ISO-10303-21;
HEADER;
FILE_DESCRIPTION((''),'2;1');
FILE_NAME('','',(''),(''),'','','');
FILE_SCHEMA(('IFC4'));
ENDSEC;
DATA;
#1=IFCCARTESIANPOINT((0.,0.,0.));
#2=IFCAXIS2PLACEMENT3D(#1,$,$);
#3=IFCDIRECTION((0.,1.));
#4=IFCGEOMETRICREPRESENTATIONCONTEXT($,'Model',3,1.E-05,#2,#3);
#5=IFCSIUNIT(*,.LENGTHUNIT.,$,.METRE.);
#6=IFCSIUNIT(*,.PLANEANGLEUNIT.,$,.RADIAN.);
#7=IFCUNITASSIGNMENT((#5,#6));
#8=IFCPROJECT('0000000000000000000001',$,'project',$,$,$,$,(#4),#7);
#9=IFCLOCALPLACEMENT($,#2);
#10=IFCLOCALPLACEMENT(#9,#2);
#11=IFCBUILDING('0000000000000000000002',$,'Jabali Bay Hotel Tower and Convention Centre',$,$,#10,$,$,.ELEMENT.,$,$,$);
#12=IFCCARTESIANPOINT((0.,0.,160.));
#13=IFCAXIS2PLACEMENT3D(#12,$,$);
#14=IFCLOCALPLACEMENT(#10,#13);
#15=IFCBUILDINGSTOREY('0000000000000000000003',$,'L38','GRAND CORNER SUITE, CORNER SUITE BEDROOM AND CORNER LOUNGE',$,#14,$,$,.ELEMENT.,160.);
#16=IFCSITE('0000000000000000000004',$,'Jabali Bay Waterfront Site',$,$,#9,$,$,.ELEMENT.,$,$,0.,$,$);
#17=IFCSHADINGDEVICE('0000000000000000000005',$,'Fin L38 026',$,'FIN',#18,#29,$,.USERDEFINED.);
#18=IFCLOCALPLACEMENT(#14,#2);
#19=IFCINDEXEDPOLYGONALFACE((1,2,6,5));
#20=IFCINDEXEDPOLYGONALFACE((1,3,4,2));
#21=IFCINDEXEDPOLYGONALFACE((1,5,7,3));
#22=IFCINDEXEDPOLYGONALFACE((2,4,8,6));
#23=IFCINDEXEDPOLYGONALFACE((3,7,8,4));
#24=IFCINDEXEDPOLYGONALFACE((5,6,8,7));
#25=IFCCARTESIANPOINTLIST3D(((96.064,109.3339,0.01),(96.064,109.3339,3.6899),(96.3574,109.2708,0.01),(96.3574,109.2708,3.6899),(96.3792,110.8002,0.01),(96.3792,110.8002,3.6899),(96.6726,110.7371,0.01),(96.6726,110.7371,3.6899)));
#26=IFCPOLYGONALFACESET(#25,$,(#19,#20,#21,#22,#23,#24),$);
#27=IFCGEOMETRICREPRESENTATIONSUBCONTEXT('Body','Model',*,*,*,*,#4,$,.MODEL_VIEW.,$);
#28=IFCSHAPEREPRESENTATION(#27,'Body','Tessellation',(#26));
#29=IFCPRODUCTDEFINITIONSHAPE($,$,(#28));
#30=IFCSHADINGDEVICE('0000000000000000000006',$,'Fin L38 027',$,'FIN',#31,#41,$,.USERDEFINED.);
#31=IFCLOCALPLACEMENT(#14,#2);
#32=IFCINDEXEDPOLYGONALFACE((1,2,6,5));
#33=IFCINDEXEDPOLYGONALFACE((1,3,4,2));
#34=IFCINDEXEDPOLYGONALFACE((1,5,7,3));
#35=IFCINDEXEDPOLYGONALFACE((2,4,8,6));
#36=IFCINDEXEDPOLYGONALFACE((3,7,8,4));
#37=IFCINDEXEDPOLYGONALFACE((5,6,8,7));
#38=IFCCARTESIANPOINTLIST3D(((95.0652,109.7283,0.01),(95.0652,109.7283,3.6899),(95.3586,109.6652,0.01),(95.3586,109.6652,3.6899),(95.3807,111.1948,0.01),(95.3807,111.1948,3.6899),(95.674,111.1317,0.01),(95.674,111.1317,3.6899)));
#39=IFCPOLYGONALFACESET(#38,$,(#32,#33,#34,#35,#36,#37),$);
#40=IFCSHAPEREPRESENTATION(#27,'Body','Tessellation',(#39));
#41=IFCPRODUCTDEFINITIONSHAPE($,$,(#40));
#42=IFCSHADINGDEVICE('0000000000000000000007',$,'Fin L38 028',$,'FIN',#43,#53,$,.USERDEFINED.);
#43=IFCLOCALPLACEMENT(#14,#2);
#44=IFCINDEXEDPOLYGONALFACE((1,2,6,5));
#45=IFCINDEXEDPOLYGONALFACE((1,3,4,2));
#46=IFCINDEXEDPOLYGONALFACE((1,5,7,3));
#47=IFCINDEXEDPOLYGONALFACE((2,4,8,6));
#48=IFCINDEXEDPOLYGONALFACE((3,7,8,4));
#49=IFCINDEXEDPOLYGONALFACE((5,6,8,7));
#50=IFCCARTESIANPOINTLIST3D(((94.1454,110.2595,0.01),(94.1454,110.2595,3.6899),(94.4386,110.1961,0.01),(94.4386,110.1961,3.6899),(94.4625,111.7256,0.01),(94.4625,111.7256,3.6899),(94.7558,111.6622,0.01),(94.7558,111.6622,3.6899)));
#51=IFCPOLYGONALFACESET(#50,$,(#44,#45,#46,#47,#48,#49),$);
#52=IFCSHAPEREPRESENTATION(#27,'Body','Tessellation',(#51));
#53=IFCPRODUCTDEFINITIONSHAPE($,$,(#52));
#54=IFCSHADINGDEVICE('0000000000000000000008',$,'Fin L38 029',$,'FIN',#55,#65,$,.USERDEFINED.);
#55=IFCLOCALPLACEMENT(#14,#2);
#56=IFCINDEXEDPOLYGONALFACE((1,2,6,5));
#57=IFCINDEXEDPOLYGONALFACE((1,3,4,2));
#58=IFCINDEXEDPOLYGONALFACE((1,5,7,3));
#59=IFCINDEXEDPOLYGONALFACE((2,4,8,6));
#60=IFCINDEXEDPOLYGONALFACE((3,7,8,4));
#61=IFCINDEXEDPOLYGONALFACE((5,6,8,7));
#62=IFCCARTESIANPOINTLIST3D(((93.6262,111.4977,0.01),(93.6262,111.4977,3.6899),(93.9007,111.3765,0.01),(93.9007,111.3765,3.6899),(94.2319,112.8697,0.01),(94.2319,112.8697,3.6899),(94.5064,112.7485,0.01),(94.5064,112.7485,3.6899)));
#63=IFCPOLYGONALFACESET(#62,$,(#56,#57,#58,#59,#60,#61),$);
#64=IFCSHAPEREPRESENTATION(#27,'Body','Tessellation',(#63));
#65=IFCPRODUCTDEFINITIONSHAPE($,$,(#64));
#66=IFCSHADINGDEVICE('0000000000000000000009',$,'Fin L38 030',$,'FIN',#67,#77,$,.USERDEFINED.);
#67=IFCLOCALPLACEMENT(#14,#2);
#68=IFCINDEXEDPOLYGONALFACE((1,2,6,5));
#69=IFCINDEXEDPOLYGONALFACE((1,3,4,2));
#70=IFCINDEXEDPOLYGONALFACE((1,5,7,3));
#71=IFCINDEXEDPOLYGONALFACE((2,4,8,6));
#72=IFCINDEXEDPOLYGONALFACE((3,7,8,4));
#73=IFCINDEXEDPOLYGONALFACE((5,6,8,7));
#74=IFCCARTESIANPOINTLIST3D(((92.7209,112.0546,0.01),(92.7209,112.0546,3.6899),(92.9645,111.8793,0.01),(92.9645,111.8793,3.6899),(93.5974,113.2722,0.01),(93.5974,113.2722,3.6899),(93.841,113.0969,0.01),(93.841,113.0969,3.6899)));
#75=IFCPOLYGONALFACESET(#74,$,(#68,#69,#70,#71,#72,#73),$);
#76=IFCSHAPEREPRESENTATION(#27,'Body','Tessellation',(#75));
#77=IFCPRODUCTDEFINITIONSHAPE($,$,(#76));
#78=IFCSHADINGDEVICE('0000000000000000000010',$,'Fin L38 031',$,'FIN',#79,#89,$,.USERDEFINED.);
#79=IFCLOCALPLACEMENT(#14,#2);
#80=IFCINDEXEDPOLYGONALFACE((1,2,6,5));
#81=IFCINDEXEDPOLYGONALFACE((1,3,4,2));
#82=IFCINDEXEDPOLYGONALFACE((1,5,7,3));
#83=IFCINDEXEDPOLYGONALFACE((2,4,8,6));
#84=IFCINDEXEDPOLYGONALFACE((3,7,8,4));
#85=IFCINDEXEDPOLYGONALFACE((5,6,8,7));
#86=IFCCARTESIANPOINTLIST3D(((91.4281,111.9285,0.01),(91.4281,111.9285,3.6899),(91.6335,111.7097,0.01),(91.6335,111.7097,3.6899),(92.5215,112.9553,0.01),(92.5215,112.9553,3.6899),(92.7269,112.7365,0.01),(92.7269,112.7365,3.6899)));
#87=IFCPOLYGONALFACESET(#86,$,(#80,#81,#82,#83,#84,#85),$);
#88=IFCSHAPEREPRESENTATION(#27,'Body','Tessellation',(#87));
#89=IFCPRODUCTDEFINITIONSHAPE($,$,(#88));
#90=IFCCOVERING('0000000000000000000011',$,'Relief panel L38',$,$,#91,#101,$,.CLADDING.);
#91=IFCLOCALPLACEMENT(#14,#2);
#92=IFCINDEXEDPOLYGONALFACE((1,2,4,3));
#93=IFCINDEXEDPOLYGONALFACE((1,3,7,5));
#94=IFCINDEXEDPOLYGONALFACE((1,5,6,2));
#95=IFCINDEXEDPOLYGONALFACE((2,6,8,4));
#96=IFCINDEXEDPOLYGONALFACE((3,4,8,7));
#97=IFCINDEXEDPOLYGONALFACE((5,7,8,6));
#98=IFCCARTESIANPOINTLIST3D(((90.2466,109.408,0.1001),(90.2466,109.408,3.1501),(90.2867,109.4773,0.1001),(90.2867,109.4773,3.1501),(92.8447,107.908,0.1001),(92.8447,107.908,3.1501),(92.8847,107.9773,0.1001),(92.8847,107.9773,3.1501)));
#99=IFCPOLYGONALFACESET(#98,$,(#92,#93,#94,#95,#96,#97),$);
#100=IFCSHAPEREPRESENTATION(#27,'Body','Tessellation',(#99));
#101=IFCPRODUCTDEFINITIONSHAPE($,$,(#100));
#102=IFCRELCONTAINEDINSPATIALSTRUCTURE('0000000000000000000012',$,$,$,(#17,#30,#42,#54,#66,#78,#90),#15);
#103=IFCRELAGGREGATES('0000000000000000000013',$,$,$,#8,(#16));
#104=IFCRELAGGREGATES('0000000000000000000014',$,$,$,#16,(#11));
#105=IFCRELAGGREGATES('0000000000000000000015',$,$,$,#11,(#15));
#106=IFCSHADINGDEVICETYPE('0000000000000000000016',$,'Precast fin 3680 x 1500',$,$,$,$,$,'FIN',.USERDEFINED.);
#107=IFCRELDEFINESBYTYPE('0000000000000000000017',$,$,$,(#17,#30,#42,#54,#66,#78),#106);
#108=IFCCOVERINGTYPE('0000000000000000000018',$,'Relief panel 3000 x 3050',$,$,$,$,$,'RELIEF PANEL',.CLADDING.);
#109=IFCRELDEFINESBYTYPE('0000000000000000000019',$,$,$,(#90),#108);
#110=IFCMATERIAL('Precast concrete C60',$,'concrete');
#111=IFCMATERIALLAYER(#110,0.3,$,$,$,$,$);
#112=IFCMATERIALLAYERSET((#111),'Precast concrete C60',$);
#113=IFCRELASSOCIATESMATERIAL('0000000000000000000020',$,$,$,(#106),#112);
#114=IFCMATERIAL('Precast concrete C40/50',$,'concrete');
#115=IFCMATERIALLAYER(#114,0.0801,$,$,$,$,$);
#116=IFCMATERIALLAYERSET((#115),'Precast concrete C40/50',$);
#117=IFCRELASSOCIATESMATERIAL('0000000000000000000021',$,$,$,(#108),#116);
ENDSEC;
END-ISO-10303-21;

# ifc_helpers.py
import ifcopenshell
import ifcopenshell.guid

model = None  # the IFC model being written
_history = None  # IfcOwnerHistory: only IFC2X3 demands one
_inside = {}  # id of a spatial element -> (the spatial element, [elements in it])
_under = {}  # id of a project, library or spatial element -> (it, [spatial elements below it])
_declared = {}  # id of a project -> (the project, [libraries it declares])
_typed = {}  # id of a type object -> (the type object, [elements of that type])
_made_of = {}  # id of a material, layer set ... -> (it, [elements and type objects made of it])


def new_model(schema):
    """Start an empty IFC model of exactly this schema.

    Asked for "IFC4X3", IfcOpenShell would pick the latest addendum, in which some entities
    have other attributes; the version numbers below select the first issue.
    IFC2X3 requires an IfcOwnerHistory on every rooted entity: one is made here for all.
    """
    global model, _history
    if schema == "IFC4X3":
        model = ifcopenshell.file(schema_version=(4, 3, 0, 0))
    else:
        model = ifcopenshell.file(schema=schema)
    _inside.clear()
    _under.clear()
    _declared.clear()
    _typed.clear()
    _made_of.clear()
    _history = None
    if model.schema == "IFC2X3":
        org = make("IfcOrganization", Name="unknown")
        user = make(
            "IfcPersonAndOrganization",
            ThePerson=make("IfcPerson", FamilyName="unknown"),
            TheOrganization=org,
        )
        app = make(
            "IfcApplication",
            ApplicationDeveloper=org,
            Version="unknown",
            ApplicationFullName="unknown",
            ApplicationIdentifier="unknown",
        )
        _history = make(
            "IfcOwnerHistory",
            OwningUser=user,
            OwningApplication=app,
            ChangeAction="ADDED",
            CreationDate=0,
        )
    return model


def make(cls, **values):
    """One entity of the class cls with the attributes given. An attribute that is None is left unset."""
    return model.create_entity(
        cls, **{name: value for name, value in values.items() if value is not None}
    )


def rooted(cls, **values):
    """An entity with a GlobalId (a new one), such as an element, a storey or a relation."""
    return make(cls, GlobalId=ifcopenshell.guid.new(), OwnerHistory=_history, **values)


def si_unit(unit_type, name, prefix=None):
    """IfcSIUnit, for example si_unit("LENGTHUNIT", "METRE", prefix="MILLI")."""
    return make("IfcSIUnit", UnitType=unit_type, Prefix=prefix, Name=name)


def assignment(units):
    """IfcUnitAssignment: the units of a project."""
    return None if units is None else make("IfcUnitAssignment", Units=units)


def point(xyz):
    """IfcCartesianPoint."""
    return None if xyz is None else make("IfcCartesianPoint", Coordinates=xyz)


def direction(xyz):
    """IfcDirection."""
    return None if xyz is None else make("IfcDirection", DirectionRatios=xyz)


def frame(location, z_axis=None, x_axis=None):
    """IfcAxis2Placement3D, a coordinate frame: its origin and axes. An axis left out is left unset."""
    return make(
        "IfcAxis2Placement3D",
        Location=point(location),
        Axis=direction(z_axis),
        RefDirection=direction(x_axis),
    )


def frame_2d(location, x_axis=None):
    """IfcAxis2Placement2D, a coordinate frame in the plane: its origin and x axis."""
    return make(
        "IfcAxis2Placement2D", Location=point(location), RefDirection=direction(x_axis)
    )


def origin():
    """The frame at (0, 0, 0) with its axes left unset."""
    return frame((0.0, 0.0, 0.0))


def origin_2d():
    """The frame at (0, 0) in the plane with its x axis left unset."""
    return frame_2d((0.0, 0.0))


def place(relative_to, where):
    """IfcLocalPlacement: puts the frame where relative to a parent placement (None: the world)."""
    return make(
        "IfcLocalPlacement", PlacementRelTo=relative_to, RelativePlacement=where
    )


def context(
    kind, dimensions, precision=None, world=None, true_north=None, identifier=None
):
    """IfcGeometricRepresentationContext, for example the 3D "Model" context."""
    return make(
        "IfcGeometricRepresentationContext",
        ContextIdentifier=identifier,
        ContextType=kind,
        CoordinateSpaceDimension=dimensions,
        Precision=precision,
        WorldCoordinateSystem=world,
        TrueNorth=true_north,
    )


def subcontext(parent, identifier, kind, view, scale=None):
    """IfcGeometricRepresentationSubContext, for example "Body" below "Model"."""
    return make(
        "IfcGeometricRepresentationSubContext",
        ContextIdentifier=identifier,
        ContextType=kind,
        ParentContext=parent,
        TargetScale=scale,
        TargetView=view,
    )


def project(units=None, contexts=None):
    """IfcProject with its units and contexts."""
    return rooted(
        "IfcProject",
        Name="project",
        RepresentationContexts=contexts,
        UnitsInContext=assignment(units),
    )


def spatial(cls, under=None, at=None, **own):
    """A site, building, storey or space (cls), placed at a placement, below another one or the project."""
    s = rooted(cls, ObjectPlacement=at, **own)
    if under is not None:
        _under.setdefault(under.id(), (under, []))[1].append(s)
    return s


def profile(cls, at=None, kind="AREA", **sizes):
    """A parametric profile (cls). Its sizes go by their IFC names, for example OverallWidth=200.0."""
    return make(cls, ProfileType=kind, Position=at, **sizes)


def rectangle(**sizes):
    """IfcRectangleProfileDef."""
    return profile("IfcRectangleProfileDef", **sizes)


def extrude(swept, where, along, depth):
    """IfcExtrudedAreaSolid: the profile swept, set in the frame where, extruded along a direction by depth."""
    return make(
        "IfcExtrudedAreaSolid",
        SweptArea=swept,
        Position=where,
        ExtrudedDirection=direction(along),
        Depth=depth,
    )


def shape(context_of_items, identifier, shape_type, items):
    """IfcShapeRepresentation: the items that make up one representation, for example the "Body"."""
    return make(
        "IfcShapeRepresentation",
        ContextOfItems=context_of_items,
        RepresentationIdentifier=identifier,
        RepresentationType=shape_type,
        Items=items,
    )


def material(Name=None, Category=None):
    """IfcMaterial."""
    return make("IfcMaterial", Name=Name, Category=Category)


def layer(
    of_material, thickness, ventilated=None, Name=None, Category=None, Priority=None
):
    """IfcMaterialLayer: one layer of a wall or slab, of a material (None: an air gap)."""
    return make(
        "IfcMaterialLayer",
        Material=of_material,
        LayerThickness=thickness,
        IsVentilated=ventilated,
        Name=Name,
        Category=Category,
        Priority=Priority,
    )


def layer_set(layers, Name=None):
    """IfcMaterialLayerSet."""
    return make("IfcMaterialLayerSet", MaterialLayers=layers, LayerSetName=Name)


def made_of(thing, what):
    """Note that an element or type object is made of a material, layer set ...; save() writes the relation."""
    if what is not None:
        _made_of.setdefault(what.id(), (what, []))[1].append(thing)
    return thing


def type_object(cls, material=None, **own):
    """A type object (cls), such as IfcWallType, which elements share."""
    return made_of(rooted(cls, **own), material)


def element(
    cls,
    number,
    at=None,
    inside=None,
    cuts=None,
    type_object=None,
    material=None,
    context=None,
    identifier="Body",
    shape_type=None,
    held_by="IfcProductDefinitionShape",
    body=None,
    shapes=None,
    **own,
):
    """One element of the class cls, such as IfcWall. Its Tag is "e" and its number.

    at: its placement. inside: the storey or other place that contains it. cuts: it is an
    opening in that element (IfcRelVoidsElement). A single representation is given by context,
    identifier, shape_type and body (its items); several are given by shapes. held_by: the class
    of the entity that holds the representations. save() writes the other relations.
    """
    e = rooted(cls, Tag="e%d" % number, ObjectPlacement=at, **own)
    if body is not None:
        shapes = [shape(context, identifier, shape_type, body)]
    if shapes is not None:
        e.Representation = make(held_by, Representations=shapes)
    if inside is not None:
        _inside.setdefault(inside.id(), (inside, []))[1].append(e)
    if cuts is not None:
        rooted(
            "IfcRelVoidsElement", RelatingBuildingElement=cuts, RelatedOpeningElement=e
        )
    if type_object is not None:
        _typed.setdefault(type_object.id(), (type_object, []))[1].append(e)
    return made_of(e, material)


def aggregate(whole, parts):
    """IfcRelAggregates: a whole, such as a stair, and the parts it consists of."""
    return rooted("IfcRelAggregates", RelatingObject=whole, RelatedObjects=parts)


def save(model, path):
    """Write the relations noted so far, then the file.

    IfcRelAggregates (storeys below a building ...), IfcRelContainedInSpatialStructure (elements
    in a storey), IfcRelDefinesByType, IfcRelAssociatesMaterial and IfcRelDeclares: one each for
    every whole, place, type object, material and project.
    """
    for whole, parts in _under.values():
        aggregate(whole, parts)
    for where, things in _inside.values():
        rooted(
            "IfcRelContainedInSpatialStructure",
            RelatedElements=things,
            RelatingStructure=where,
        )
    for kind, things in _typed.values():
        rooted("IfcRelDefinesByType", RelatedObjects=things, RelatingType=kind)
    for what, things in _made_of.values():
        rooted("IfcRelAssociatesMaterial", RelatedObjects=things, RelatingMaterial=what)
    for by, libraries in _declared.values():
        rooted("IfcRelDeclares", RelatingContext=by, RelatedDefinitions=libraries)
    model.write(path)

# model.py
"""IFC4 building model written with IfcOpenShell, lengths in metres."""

from ifc_helpers import new_model, si_unit, direction, frame, frame_2d, origin, origin_2d, place, context, subcontext, project, spatial, rectangle, extrude, material, layer, layer_set, type_object, element, save


model = new_model("IFC4")

# Units and contexts
model_context = context("Model", 3, precision=1e-05, world=origin(), true_north=direction((0.0, 1.0)))
body_context = subcontext(model_context, "Body", "Model", "MODEL_VIEW")
ifc_project = project(units=[si_unit("LENGTHUNIT", "METRE"), si_unit("PLANEANGLEUNIT", "RADIAN")], contexts=[model_context])

# Site, building, storey
site_placement = place(None, origin())
site = spatial("IfcSite", under=ifc_project, at=site_placement, Name="Jabali Bay Waterfront Site", CompositionType="ELEMENT", RefElevation=0.0)
building_placement = place(site_placement, origin())
building = spatial("IfcBuilding", under=site, at=building_placement, Name="Jabali Bay Hotel Tower and Convention Centre", CompositionType="ELEMENT")
storey_placement = place(building_placement, frame((0.0, 0.0, 160.0)))
storey = spatial("IfcBuildingStorey", under=building, at=storey_placement, Name="L38", Description="GRAND CORNER SUITE, CORNER SUITE BEDROOM AND CORNER LOUNGE", CompositionType="ELEMENT", Elevation=160.0)

# Shading devices
ifc_material_1 = material(Name="Precast concrete C60", Category="concrete")
ifc_layer_1 = layer(ifc_material_1, 0.3)
ifc_layer_set_1 = layer_set([ifc_layer_1], Name="Precast concrete C60")
shading_device_type_1 = type_object("IfcShadingDeviceType", Name="Precast fin 3680 x 1500", ElementType="FIN", PredefinedType="USERDEFINED", material=ifc_layer_set_1)
shading_device_1_placement = place(storey_placement, frame((96.2107, 109.3022, 0.01), z_axis=(0.0, 0.0, 1.0), x_axis=(0.210152, 0.977669, 0.0)))
element("IfcShadingDevice", 1, at=shading_device_1_placement, inside=storey, type_object=shading_device_type_1, Name="Fin L38 026", ObjectType="FIN", PredefinedType="USERDEFINED", context=body_context, shape_type="SweptSolid", body=[
    extrude(rectangle(XDim=1.4998, YDim=0.3, at=frame_2d((0.75, 0.0))), origin(), (0.0, 0.0, 1.0), 3.6799),
])
for number, where, z_axis, x_axis, name in (
    (2, (95.2119, 109.6968, 0.01), (0.0, 0.0, 1.0), (0.210274, 0.977643, 0.0), "Fin L38 027"),
    (3, (94.292, 110.2278, 0.01), (0.0, 0.0, 1.0), (0.211429, 0.977393, 0.0), "Fin L38 028"),
):
    element("IfcShadingDevice", number, at=place(storey_placement, frame(where, z_axis=z_axis, x_axis=x_axis)), inside=storey, type_object=shading_device_type_1, Name=name, ObjectType="FIN", PredefinedType="USERDEFINED", context=body_context, shape_type="SweptSolid", body=[
        extrude(rectangle(XDim=1.5, YDim=0.3, at=frame_2d((0.75, 0.0))), origin(), (0.0, 0.0, 1.0), 3.6799),
    ])
shading_device_2_placement = place(storey_placement, frame((93.7634, 111.437, 0.01), z_axis=(0.0, 0.0, 1.0), x_axis=(0.403857, 0.914822, 0.0)))
element("IfcShadingDevice", 4, at=shading_device_2_placement, inside=storey, type_object=shading_device_type_1, Name="Fin L38 029", ObjectType="FIN", PredefinedType="USERDEFINED", context=body_context, shape_type="SweptSolid", body=[
    extrude(rectangle(XDim=1.4998, YDim=0.3, at=frame_2d((0.75, 0.0))), origin(), (0.0, 0.0, 1.0), 3.6799),
])
shading_device_3_placement = place(storey_placement, frame((92.8428, 111.967, 0.01), z_axis=(0.0, 0.0, 1.0), x_axis=(0.584236, 0.811584, 0.0)))
element("IfcShadingDevice", 5, at=shading_device_3_placement, inside=storey, type_object=shading_device_type_1, Name="Fin L38 030", ObjectType="FIN", PredefinedType="USERDEFINED", context=body_context, shape_type="SweptSolid", body=[
    extrude(rectangle(XDim=1.5002, YDim=0.3, at=frame_2d((0.75, 0.0))), origin(), (0.0, 0.0, 1.0), 3.6799),
])
shading_device_4_placement = place(storey_placement, frame((91.5308, 111.8191, 0.01), z_axis=(0.0, 0.0, 1.0), x_axis=(0.728974, 0.684542, 0.0)))
element("IfcShadingDevice", 6, at=shading_device_4_placement, inside=storey, type_object=shading_device_type_1, Name="Fin L38 031", ObjectType="FIN", PredefinedType="USERDEFINED", context=body_context, shape_type="SweptSolid", body=[
    extrude(rectangle(XDim=1.5, YDim=0.3, at=frame_2d((0.75, 0.0))), origin(), (0.0, 0.0, 1.0), 3.6799),
])

# Covering
ifc_material_2 = material(Name="Precast concrete C40/50", Category="concrete")
ifc_layer_2 = layer(ifc_material_2, 0.0801)
ifc_layer_set_2 = layer_set([ifc_layer_2], Name="Precast concrete C40/50")
covering_type = type_object("IfcCoveringType", Name="Relief panel 3000 x 3050", ElementType="RELIEF PANEL", PredefinedType="CLADDING", material=ifc_layer_set_2)
covering_placement = place(storey_placement, frame((91.5657, 108.6926, 0.1001), z_axis=(0.0, 0.0, 1.0), x_axis=(0.866025, -0.5, 0.0)))
element("IfcCovering", 7, at=covering_placement, inside=storey, type_object=covering_type, Name="Relief panel L38", PredefinedType="CLADDING", context=body_context, shape_type="SweptSolid", body=[
    extrude(rectangle(XDim=3.0, YDim=0.0801, at=origin_2d()), origin(), (0.0, 0.0, 1.0), 3.05),
])

save(model, "model.ifc")
